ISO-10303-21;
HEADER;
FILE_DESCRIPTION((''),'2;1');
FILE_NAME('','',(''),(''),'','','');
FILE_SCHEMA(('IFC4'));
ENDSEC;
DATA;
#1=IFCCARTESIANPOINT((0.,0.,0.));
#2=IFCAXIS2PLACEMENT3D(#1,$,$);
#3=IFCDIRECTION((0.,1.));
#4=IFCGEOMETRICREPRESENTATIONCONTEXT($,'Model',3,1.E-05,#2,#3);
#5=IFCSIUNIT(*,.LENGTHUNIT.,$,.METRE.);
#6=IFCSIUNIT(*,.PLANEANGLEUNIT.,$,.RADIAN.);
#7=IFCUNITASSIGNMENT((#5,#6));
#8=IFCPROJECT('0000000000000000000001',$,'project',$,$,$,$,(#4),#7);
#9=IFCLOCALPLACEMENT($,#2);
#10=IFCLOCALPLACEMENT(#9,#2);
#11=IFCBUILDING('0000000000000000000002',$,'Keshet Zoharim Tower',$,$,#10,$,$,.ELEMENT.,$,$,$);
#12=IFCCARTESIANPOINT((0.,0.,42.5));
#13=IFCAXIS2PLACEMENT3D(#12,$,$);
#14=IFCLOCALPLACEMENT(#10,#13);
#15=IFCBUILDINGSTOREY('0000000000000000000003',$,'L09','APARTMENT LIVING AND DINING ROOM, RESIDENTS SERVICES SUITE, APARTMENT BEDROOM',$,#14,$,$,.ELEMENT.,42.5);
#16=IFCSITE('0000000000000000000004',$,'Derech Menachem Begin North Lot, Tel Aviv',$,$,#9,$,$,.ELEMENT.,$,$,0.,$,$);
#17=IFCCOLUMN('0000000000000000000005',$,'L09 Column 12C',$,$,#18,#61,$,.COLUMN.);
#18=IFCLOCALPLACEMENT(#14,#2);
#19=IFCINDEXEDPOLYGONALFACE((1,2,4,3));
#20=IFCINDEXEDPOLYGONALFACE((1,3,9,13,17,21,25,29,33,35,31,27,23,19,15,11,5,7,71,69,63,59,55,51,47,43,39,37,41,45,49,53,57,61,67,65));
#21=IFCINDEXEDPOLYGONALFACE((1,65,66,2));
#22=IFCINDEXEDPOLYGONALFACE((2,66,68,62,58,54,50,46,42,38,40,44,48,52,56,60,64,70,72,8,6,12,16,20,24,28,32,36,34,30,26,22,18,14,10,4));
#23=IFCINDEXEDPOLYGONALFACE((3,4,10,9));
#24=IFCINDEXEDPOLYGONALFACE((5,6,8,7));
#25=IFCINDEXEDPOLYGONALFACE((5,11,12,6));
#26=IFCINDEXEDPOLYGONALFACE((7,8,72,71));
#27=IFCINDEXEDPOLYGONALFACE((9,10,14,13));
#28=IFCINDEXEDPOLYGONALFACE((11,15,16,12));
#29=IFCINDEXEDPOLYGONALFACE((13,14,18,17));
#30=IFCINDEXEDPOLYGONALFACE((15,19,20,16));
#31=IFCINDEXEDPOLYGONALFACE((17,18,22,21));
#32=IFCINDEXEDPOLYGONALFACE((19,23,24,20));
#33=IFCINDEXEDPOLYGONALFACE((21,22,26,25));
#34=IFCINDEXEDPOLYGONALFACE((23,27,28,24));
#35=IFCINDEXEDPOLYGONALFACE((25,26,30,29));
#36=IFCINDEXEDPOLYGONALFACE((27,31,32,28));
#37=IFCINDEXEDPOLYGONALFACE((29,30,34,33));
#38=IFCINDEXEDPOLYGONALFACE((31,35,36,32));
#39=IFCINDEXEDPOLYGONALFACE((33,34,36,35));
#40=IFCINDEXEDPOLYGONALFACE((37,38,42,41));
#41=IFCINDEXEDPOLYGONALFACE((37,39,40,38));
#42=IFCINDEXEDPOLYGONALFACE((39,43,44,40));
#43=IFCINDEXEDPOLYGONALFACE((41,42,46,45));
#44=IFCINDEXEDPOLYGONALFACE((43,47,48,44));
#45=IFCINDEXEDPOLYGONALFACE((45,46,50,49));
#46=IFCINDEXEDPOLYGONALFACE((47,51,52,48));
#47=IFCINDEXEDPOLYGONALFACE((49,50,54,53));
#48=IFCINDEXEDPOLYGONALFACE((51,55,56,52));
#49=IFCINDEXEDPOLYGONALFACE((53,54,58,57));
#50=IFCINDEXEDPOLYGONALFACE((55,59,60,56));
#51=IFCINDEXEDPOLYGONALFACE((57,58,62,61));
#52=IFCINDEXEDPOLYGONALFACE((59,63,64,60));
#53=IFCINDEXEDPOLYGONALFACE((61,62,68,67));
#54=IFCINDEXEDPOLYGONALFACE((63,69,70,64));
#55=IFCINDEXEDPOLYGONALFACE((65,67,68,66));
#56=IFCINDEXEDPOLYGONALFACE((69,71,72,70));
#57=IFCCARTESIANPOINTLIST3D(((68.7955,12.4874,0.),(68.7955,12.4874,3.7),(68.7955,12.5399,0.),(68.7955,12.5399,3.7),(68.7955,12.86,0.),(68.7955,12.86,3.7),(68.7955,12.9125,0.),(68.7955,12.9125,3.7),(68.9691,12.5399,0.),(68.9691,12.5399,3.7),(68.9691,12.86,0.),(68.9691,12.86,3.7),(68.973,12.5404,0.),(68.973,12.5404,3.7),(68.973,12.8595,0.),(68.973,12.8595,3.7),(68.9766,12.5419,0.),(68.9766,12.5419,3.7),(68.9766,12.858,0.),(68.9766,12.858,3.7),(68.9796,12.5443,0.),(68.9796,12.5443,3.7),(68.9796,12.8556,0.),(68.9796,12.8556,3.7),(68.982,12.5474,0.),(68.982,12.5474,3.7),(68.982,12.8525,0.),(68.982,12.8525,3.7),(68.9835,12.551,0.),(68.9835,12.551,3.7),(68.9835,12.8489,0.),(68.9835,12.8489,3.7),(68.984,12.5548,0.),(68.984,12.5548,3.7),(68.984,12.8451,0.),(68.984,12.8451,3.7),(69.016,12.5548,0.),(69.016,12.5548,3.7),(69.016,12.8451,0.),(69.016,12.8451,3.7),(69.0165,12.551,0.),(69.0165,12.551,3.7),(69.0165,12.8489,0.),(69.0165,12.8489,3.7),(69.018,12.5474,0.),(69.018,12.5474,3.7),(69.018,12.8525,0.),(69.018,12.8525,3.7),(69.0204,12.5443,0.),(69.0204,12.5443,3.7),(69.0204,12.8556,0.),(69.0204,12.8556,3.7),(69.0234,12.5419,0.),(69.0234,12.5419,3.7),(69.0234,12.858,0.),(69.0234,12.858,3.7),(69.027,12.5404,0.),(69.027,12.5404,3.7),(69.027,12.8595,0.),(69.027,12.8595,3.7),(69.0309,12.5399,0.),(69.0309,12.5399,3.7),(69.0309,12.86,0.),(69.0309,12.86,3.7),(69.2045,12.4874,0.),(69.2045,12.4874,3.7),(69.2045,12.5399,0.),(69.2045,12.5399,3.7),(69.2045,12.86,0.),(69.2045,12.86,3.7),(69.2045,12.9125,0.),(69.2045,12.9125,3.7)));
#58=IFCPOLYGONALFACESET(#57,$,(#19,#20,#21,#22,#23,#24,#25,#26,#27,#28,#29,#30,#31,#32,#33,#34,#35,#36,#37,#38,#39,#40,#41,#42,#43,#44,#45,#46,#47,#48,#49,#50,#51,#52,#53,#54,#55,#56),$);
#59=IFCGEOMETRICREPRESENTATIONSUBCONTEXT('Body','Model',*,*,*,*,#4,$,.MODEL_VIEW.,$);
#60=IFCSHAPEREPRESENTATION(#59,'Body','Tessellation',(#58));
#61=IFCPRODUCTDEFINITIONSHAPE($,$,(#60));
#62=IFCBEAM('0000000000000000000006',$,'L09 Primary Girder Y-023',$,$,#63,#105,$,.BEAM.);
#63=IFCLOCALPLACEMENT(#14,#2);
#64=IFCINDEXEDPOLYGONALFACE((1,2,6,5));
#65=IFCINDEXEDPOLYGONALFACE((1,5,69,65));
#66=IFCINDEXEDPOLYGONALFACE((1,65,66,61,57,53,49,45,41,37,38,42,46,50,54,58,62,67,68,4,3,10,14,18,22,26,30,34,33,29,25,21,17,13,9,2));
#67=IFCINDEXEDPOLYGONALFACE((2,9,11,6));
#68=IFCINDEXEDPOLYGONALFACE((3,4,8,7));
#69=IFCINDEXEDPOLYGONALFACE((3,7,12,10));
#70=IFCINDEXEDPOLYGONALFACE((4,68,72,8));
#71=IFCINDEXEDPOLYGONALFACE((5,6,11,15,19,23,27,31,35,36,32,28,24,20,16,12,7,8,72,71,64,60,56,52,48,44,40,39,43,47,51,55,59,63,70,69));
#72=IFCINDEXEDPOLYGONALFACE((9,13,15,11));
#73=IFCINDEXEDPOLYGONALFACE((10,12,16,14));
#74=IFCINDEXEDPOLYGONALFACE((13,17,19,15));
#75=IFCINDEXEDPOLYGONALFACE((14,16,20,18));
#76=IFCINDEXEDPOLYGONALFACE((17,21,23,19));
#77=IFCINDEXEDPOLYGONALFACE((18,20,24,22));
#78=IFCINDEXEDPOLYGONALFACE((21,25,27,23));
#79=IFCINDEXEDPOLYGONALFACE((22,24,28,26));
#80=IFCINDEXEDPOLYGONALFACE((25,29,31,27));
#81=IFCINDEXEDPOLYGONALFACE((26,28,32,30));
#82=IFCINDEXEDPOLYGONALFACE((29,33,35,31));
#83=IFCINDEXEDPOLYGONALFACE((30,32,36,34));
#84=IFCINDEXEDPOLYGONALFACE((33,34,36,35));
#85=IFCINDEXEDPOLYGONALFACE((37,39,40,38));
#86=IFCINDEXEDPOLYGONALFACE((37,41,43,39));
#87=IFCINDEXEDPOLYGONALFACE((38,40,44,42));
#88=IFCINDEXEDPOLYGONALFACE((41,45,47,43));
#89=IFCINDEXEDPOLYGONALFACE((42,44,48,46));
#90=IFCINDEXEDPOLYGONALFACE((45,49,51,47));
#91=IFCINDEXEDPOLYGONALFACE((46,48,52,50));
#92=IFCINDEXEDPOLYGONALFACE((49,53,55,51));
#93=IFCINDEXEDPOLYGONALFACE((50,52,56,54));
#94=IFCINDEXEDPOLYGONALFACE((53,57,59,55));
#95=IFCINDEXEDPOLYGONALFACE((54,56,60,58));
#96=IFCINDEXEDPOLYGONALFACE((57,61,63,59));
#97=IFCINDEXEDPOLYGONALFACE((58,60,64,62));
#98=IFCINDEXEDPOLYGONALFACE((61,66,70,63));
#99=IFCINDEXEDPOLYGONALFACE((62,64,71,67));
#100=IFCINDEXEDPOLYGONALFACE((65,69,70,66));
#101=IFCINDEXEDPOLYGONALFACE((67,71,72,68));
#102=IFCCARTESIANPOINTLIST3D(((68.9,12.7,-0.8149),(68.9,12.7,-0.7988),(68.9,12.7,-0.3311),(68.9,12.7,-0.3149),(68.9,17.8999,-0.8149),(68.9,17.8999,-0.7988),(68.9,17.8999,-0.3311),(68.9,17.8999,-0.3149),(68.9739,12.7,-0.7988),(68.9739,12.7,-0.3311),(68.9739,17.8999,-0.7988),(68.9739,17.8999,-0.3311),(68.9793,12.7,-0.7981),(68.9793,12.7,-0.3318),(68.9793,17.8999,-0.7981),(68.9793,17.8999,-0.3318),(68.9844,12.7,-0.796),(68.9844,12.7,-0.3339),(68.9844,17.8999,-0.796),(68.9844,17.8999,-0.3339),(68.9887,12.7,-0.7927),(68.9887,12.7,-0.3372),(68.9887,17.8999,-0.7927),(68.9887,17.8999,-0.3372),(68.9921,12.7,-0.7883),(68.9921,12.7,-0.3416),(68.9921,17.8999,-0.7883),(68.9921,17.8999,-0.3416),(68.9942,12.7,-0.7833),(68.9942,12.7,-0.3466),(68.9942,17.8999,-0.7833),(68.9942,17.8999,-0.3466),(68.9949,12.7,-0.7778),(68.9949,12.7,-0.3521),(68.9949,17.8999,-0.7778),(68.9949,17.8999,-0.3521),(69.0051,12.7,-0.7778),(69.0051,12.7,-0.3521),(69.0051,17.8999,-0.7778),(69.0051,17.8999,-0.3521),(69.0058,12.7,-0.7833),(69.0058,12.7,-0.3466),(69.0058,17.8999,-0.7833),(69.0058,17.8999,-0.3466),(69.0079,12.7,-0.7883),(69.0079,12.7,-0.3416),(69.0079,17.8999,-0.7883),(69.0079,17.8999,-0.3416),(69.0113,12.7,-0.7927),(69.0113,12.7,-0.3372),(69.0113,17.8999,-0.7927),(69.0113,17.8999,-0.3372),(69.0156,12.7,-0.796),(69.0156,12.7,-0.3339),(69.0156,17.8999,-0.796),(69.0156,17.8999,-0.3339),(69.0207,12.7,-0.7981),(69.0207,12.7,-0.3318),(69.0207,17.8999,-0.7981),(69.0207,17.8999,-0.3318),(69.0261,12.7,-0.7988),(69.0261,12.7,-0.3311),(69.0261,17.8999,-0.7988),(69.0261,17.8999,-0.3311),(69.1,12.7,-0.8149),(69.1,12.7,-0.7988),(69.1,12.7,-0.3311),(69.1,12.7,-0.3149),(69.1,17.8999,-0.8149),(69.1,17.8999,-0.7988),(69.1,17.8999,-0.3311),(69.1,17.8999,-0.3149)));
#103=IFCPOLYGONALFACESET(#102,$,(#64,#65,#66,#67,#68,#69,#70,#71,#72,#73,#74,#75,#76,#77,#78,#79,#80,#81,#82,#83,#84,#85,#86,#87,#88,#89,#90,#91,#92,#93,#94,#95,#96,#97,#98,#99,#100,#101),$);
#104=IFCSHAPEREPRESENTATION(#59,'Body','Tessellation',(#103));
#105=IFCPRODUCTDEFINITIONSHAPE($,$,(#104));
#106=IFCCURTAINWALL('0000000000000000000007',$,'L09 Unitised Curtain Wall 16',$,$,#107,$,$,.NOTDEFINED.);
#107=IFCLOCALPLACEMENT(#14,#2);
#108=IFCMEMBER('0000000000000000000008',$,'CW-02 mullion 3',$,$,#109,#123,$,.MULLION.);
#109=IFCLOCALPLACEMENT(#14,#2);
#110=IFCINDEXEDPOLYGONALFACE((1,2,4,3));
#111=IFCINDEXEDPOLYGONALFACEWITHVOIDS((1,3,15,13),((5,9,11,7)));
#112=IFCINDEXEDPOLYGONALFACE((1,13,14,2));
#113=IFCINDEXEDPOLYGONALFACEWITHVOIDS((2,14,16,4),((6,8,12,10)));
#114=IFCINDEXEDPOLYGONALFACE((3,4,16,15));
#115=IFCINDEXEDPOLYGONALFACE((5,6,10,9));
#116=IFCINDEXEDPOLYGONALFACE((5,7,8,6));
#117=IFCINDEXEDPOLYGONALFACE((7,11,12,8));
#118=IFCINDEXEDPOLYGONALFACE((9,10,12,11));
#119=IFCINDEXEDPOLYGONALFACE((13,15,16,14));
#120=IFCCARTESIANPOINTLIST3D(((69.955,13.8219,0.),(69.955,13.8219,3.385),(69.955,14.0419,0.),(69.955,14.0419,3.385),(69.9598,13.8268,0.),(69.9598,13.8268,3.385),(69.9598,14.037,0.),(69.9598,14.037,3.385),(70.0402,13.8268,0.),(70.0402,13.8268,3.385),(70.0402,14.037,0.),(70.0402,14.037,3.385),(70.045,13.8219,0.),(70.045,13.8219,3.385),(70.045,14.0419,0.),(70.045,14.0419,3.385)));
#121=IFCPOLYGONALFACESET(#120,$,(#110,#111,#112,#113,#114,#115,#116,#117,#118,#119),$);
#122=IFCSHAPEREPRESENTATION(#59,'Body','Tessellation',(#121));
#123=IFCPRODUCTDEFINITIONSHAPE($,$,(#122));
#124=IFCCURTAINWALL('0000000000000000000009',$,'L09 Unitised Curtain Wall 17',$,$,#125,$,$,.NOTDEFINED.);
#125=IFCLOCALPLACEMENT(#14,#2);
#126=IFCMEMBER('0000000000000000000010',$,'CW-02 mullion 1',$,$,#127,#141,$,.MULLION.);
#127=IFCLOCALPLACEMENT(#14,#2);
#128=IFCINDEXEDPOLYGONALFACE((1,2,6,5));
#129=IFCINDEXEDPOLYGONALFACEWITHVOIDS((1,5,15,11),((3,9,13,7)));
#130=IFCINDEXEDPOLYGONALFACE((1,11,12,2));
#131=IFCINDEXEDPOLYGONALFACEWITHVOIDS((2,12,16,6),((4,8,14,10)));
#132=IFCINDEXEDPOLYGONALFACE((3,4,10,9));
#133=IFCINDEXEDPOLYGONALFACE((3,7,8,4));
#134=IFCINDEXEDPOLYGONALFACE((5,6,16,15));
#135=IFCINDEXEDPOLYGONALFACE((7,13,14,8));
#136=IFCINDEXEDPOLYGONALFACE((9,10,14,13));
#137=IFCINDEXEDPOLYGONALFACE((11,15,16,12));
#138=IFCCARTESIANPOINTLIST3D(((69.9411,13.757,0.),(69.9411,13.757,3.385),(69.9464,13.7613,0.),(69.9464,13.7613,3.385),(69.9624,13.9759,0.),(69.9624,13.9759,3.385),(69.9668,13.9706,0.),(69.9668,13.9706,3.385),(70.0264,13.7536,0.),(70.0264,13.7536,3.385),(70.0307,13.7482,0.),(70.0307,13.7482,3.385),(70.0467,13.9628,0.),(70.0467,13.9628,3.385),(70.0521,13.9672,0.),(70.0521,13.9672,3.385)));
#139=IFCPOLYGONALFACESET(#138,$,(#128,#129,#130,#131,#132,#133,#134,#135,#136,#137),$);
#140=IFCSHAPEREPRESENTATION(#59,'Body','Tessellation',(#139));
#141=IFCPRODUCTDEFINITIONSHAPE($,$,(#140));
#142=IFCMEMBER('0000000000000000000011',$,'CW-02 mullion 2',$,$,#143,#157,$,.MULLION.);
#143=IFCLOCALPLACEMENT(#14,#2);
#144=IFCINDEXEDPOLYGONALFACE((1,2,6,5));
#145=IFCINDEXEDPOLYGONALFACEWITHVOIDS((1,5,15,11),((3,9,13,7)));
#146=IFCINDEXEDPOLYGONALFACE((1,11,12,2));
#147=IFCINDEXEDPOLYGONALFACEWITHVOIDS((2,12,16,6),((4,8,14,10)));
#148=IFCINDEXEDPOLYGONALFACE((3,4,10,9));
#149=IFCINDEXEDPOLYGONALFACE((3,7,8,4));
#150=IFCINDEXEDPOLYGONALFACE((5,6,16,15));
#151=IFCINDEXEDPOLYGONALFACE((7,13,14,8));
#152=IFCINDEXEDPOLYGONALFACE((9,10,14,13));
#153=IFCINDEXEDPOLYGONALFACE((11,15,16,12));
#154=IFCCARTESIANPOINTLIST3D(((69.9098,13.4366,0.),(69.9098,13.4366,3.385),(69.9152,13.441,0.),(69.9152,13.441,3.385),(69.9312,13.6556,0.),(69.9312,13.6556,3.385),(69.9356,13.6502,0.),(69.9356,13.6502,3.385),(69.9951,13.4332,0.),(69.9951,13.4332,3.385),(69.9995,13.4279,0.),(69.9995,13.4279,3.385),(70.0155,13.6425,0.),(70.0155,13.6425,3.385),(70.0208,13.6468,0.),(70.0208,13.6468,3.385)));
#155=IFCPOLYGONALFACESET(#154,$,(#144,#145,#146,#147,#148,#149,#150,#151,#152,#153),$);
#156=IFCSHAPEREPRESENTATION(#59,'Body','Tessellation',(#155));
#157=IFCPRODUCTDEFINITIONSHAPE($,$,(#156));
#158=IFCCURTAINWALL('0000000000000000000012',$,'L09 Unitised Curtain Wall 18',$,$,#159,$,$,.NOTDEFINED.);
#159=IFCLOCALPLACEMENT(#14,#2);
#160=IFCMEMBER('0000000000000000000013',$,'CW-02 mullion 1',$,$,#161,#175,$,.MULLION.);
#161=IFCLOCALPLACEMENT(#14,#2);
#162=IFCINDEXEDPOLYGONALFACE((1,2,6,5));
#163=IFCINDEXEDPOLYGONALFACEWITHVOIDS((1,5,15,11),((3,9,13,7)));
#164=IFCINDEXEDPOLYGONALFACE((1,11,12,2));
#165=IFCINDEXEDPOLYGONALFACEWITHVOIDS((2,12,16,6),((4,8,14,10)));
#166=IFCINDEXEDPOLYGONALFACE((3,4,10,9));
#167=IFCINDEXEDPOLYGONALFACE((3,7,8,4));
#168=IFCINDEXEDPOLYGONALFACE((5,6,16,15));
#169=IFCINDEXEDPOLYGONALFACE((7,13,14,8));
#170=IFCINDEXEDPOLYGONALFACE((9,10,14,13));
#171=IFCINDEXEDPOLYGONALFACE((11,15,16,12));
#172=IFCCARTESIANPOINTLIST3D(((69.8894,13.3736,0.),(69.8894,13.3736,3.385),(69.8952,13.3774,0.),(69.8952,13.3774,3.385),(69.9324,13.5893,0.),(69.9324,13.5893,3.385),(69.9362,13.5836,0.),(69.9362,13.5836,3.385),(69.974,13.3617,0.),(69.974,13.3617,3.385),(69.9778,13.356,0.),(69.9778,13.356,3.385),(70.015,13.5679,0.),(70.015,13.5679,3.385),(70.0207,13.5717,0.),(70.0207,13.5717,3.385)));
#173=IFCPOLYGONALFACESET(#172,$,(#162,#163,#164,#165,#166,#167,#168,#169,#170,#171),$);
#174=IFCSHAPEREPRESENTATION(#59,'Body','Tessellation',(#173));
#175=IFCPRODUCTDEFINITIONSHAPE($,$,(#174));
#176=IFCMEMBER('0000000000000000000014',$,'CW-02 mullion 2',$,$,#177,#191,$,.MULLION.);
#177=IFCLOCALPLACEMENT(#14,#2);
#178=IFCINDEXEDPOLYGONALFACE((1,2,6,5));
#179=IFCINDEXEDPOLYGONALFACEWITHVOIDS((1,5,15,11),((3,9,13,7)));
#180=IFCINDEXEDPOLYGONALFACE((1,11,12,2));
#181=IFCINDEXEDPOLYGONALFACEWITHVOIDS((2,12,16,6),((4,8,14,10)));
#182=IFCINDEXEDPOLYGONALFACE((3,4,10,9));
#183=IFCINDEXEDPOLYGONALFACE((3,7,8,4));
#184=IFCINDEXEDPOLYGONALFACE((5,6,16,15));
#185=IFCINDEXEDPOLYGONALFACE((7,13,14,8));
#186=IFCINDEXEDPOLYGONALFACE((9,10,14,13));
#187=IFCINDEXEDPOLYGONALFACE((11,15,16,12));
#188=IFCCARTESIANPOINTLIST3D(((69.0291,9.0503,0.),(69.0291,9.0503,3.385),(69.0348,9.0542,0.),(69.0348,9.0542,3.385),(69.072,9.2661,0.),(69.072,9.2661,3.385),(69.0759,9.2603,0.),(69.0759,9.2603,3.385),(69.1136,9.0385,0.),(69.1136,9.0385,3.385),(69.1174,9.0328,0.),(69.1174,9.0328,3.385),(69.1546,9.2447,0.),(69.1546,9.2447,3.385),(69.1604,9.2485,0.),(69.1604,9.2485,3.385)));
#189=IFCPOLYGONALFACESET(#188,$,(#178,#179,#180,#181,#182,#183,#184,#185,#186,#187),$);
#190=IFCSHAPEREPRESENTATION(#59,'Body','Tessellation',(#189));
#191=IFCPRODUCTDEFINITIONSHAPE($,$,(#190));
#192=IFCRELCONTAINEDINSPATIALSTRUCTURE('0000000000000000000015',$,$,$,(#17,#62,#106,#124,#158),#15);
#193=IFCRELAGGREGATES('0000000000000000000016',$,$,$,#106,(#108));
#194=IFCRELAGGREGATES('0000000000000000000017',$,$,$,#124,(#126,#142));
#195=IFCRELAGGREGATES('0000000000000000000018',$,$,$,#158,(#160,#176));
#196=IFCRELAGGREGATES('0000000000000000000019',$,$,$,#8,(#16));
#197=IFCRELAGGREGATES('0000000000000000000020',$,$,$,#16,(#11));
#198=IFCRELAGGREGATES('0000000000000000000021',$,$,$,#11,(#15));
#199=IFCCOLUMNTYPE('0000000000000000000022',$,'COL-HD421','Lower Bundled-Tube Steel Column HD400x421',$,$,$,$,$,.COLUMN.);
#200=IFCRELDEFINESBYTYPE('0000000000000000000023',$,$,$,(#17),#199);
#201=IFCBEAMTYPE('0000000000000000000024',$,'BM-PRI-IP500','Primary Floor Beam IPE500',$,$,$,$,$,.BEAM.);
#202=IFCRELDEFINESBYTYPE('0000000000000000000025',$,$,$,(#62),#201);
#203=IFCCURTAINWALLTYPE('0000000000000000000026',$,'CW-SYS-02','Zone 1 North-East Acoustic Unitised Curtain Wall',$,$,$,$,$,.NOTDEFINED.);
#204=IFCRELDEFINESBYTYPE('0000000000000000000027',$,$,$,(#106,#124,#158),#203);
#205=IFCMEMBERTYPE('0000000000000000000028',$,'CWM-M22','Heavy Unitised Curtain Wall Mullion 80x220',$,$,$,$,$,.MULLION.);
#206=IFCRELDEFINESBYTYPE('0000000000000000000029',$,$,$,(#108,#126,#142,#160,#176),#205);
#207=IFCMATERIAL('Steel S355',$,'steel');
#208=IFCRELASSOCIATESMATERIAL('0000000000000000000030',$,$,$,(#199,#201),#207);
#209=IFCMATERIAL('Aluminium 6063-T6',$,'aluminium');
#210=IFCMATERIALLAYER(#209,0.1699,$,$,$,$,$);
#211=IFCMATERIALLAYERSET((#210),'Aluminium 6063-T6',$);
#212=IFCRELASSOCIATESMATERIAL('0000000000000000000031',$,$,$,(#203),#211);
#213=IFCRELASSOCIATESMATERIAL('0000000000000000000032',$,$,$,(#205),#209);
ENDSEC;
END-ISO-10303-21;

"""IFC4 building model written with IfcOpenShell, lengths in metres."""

from ifc_helpers import new_model, si_unit, direction, frame, origin, origin_2d, place, context, subcontext, project, spatial, hollow_rectangle, i_section, extrude, material, layer, layer_set, material_profile, profile_set, type_object, element, aggregate, save


model = new_model("IFC4")

# Units and contexts
model_context = context("Model", 3, precision=1e-05, world=origin(), true_north=direction((0.0, 1.0)))
body_context = subcontext(model_context, "Body", "Model", "MODEL_VIEW")
ifc_project = project(units=[si_unit("LENGTHUNIT", "METRE"), si_unit("PLANEANGLEUNIT", "RADIAN")], contexts=[model_context])

# Site, building, storey
site_placement = place(None, origin())
site = spatial("IfcSite", under=ifc_project, at=site_placement, Name="Derech Menachem Begin North Lot, Tel Aviv", CompositionType="ELEMENT", RefElevation=0.0)
building_placement = place(site_placement, origin())
building = spatial("IfcBuilding", under=site, at=building_placement, Name="Keshet Zoharim Tower", CompositionType="ELEMENT")
storey_placement = place(building_placement, frame((0.0, 0.0, 42.5)))
storey = spatial("IfcBuildingStorey", under=building, at=storey_placement, Name="L09", Description="APARTMENT LIVING AND DINING ROOM, RESIDENTS SERVICES SUITE, APARTMENT BEDROOM", CompositionType="ELEMENT", Elevation=42.5)

# Column
ifc_material_1 = material(Name="Steel S355", Category="steel")
ifc_material_profile_1 = material_profile(ifc_material_1, i_section(OverallWidth=0.4089, OverallDepth=0.425, WebThickness=0.032, FlangeThickness=0.0525, FilletRadius=0.0149, at=origin_2d()), Name="HD400x421")
ifc_profile_set_1 = profile_set([ifc_material_profile_1], Name="Steel S355")
column_type = type_object("IfcColumnType", Name="COL-HD421", Description="Lower Bundled-Tube Steel Column HD400x421", PredefinedType="COLUMN", material=ifc_profile_set_1)
column_placement = place(storey_placement, frame((69.0, 12.7, 0.0), z_axis=(0.0, 0.0, 1.0), x_axis=(1.0, 0.0, 0.0)))
element("IfcColumn", 1, at=column_placement, inside=storey, type_object=column_type, Name="L09 Column 12C", PredefinedType="COLUMN", context=body_context, shape_type="SweptSolid", body=[
    extrude(i_section(OverallWidth=0.4089, OverallDepth=0.425, WebThickness=0.032, FlangeThickness=0.0525, FilletRadius=0.0149, at=origin_2d()), origin(), (0.0, 0.0, 1.0), 3.7),
])

# Beam
ifc_material_profile_2 = material_profile(ifc_material_1, i_section(OverallWidth=0.2, OverallDepth=0.5, WebThickness=0.0103, FlangeThickness=0.0161, FilletRadius=0.021, at=origin_2d()), Name="IPE500")
ifc_profile_set_2 = profile_set([ifc_material_profile_2], Name="Steel S355")
beam_type = type_object("IfcBeamType", Name="BM-PRI-IP500", Description="Primary Floor Beam IPE500", PredefinedType="BEAM", material=ifc_profile_set_2)
beam_placement = place(storey_placement, frame((69.0, 12.7, -0.5649), z_axis=(0.0, 1.0, 0.0), x_axis=(-1.0, 0.0, 0.0)))
element("IfcBeam", 2, at=beam_placement, inside=storey, type_object=beam_type, Name="L09 Primary Girder Y-023", PredefinedType="BEAM", context=body_context, shape_type="SweptSolid", body=[
    extrude(i_section(OverallWidth=0.2, OverallDepth=0.5, WebThickness=0.0103, FlangeThickness=0.0161, FilletRadius=0.021, at=origin_2d()), origin(), (0.0, 0.0, 1.0), 5.2),
])

# Curtain wall, member
ifc_material_2 = material(Name="Aluminium 6063-T6", Category="aluminium")
ifc_layer_1 = layer(ifc_material_2, 0.1699)
ifc_layer_set_1 = layer_set([ifc_layer_1], Name="Aluminium 6063-T6")
curtain_wall_type_1 = type_object("IfcCurtainWallType", Name="CW-SYS-02", Description="Zone 1 North-East Acoustic Unitised Curtain Wall", PredefinedType="NOTDEFINED", material=ifc_layer_set_1)
curtain_wall_1_placement = place(storey_placement, origin())
curtain_wall_1 = element("IfcCurtainWall", 3, at=curtain_wall_1_placement, inside=storey, type_object=curtain_wall_type_1, Name="L09 Unitised Curtain Wall 16", PredefinedType="NOTDEFINED")
ifc_material_profile_3 = material_profile(ifc_material_2, hollow_rectangle(XDim=0.0901, YDim=0.22, WallThickness=0.0049, at=origin_2d()), Name="MUL-90x220")
ifc_profile_set_3 = profile_set([ifc_material_profile_3], Name="Aluminium 6063-T6")
member_type_1 = type_object("IfcMemberType", Name="CWM-M22", Description="Heavy Unitised Curtain Wall Mullion 80x220", PredefinedType="MULLION", material=ifc_profile_set_3)
member_1_placement = place(storey_placement, frame((70.0, 13.9319, 0.0), z_axis=(0.0, 0.0, 1.0), x_axis=(1.0, 0.0, 0.0)))
member_1 = element("IfcMember", 4, at=member_1_placement, type_object=member_type_1, Name="CW-02 mullion 3", PredefinedType="MULLION", context=body_context, shape_type="SweptSolid", body=[
    extrude(hollow_rectangle(XDim=0.0901, YDim=0.22, WallThickness=0.0049, at=origin_2d()), origin(), (0.0, 0.0, 1.0), 3.385),
])
aggregate(curtain_wall_1, [member_1])

# Curtain walls, members
curtain_wall_2_placement = place(storey_placement, origin())
curtain_wall_2 = element("IfcCurtainWall", 5, at=curtain_wall_2_placement, inside=storey, type_object=curtain_wall_type_1, Name="L09 Unitised Curtain Wall 17", PredefinedType="NOTDEFINED")
member_2_placement = place(storey_placement, frame((69.9966, 13.8621, 0.0), z_axis=(0.0, 0.0, 1.0), x_axis=(0.995287, -0.096977, 0.0)))
member_2 = element("IfcMember", 6, at=member_2_placement, type_object=member_type_1, Name="CW-02 mullion 1", PredefinedType="MULLION", context=body_context, shape_type="SweptSolid", body=[
    extrude(hollow_rectangle(XDim=0.0901, YDim=0.22, WallThickness=0.0049, at=origin_2d()), origin(), (0.0, 0.0, 1.0), 3.385),
])
member_3_placement = place(storey_placement, frame((69.9653, 13.5417, 0.0), z_axis=(0.0, 0.0, 1.0), x_axis=(0.995287, -0.096977, 0.0)))
member_3 = element("IfcMember", 7, at=member_3_placement, type_object=member_type_1, Name="CW-02 mullion 2", PredefinedType="MULLION", context=body_context, shape_type="SweptSolid", body=[
    extrude(hollow_rectangle(XDim=0.0901, YDim=0.22, WallThickness=0.0049, at=origin_2d()), origin(), (0.0, 0.0, 1.0), 3.385),
])
curtain_wall_3_placement = place(storey_placement, origin())
curtain_wall_3 = element("IfcCurtainWall", 8, at=curtain_wall_3_placement, inside=storey, type_object=curtain_wall_type_1, Name="L09 Unitised Curtain Wall 18", PredefinedType="NOTDEFINED")
member_4_placement = place(storey_placement, frame((69.9551, 13.4727, 0.0), z_axis=(0.0, 0.0, 1.0), x_axis=(0.980769, -0.195171, 0.0)))
member_4 = element("IfcMember", 9, at=member_4_placement, type_object=member_type_1, Name="CW-02 mullion 1", PredefinedType="MULLION", context=body_context, shape_type="SweptSolid", body=[
    extrude(hollow_rectangle(XDim=0.0901, YDim=0.22, WallThickness=0.0049, at=origin_2d()), origin(), (0.0, 0.0, 1.0), 3.385),
])
member_5_placement = place(storey_placement, frame((69.0947, 9.1494, 0.0), z_axis=(0.0, 0.0, 1.0), x_axis=(0.980769, -0.195171, 0.0)))
member_5 = element("IfcMember", 10, at=member_5_placement, type_object=member_type_1, Name="CW-02 mullion 2", PredefinedType="MULLION", context=body_context, shape_type="SweptSolid", body=[
    extrude(hollow_rectangle(XDim=0.0901, YDim=0.22, WallThickness=0.0049, at=origin_2d()), origin(), (0.0, 0.0, 1.0), 3.385),
])

aggregate(curtain_wall_2, [member_2, member_3])
aggregate(curtain_wall_3, [member_4, member_5])

save(model, "model.ifc")
